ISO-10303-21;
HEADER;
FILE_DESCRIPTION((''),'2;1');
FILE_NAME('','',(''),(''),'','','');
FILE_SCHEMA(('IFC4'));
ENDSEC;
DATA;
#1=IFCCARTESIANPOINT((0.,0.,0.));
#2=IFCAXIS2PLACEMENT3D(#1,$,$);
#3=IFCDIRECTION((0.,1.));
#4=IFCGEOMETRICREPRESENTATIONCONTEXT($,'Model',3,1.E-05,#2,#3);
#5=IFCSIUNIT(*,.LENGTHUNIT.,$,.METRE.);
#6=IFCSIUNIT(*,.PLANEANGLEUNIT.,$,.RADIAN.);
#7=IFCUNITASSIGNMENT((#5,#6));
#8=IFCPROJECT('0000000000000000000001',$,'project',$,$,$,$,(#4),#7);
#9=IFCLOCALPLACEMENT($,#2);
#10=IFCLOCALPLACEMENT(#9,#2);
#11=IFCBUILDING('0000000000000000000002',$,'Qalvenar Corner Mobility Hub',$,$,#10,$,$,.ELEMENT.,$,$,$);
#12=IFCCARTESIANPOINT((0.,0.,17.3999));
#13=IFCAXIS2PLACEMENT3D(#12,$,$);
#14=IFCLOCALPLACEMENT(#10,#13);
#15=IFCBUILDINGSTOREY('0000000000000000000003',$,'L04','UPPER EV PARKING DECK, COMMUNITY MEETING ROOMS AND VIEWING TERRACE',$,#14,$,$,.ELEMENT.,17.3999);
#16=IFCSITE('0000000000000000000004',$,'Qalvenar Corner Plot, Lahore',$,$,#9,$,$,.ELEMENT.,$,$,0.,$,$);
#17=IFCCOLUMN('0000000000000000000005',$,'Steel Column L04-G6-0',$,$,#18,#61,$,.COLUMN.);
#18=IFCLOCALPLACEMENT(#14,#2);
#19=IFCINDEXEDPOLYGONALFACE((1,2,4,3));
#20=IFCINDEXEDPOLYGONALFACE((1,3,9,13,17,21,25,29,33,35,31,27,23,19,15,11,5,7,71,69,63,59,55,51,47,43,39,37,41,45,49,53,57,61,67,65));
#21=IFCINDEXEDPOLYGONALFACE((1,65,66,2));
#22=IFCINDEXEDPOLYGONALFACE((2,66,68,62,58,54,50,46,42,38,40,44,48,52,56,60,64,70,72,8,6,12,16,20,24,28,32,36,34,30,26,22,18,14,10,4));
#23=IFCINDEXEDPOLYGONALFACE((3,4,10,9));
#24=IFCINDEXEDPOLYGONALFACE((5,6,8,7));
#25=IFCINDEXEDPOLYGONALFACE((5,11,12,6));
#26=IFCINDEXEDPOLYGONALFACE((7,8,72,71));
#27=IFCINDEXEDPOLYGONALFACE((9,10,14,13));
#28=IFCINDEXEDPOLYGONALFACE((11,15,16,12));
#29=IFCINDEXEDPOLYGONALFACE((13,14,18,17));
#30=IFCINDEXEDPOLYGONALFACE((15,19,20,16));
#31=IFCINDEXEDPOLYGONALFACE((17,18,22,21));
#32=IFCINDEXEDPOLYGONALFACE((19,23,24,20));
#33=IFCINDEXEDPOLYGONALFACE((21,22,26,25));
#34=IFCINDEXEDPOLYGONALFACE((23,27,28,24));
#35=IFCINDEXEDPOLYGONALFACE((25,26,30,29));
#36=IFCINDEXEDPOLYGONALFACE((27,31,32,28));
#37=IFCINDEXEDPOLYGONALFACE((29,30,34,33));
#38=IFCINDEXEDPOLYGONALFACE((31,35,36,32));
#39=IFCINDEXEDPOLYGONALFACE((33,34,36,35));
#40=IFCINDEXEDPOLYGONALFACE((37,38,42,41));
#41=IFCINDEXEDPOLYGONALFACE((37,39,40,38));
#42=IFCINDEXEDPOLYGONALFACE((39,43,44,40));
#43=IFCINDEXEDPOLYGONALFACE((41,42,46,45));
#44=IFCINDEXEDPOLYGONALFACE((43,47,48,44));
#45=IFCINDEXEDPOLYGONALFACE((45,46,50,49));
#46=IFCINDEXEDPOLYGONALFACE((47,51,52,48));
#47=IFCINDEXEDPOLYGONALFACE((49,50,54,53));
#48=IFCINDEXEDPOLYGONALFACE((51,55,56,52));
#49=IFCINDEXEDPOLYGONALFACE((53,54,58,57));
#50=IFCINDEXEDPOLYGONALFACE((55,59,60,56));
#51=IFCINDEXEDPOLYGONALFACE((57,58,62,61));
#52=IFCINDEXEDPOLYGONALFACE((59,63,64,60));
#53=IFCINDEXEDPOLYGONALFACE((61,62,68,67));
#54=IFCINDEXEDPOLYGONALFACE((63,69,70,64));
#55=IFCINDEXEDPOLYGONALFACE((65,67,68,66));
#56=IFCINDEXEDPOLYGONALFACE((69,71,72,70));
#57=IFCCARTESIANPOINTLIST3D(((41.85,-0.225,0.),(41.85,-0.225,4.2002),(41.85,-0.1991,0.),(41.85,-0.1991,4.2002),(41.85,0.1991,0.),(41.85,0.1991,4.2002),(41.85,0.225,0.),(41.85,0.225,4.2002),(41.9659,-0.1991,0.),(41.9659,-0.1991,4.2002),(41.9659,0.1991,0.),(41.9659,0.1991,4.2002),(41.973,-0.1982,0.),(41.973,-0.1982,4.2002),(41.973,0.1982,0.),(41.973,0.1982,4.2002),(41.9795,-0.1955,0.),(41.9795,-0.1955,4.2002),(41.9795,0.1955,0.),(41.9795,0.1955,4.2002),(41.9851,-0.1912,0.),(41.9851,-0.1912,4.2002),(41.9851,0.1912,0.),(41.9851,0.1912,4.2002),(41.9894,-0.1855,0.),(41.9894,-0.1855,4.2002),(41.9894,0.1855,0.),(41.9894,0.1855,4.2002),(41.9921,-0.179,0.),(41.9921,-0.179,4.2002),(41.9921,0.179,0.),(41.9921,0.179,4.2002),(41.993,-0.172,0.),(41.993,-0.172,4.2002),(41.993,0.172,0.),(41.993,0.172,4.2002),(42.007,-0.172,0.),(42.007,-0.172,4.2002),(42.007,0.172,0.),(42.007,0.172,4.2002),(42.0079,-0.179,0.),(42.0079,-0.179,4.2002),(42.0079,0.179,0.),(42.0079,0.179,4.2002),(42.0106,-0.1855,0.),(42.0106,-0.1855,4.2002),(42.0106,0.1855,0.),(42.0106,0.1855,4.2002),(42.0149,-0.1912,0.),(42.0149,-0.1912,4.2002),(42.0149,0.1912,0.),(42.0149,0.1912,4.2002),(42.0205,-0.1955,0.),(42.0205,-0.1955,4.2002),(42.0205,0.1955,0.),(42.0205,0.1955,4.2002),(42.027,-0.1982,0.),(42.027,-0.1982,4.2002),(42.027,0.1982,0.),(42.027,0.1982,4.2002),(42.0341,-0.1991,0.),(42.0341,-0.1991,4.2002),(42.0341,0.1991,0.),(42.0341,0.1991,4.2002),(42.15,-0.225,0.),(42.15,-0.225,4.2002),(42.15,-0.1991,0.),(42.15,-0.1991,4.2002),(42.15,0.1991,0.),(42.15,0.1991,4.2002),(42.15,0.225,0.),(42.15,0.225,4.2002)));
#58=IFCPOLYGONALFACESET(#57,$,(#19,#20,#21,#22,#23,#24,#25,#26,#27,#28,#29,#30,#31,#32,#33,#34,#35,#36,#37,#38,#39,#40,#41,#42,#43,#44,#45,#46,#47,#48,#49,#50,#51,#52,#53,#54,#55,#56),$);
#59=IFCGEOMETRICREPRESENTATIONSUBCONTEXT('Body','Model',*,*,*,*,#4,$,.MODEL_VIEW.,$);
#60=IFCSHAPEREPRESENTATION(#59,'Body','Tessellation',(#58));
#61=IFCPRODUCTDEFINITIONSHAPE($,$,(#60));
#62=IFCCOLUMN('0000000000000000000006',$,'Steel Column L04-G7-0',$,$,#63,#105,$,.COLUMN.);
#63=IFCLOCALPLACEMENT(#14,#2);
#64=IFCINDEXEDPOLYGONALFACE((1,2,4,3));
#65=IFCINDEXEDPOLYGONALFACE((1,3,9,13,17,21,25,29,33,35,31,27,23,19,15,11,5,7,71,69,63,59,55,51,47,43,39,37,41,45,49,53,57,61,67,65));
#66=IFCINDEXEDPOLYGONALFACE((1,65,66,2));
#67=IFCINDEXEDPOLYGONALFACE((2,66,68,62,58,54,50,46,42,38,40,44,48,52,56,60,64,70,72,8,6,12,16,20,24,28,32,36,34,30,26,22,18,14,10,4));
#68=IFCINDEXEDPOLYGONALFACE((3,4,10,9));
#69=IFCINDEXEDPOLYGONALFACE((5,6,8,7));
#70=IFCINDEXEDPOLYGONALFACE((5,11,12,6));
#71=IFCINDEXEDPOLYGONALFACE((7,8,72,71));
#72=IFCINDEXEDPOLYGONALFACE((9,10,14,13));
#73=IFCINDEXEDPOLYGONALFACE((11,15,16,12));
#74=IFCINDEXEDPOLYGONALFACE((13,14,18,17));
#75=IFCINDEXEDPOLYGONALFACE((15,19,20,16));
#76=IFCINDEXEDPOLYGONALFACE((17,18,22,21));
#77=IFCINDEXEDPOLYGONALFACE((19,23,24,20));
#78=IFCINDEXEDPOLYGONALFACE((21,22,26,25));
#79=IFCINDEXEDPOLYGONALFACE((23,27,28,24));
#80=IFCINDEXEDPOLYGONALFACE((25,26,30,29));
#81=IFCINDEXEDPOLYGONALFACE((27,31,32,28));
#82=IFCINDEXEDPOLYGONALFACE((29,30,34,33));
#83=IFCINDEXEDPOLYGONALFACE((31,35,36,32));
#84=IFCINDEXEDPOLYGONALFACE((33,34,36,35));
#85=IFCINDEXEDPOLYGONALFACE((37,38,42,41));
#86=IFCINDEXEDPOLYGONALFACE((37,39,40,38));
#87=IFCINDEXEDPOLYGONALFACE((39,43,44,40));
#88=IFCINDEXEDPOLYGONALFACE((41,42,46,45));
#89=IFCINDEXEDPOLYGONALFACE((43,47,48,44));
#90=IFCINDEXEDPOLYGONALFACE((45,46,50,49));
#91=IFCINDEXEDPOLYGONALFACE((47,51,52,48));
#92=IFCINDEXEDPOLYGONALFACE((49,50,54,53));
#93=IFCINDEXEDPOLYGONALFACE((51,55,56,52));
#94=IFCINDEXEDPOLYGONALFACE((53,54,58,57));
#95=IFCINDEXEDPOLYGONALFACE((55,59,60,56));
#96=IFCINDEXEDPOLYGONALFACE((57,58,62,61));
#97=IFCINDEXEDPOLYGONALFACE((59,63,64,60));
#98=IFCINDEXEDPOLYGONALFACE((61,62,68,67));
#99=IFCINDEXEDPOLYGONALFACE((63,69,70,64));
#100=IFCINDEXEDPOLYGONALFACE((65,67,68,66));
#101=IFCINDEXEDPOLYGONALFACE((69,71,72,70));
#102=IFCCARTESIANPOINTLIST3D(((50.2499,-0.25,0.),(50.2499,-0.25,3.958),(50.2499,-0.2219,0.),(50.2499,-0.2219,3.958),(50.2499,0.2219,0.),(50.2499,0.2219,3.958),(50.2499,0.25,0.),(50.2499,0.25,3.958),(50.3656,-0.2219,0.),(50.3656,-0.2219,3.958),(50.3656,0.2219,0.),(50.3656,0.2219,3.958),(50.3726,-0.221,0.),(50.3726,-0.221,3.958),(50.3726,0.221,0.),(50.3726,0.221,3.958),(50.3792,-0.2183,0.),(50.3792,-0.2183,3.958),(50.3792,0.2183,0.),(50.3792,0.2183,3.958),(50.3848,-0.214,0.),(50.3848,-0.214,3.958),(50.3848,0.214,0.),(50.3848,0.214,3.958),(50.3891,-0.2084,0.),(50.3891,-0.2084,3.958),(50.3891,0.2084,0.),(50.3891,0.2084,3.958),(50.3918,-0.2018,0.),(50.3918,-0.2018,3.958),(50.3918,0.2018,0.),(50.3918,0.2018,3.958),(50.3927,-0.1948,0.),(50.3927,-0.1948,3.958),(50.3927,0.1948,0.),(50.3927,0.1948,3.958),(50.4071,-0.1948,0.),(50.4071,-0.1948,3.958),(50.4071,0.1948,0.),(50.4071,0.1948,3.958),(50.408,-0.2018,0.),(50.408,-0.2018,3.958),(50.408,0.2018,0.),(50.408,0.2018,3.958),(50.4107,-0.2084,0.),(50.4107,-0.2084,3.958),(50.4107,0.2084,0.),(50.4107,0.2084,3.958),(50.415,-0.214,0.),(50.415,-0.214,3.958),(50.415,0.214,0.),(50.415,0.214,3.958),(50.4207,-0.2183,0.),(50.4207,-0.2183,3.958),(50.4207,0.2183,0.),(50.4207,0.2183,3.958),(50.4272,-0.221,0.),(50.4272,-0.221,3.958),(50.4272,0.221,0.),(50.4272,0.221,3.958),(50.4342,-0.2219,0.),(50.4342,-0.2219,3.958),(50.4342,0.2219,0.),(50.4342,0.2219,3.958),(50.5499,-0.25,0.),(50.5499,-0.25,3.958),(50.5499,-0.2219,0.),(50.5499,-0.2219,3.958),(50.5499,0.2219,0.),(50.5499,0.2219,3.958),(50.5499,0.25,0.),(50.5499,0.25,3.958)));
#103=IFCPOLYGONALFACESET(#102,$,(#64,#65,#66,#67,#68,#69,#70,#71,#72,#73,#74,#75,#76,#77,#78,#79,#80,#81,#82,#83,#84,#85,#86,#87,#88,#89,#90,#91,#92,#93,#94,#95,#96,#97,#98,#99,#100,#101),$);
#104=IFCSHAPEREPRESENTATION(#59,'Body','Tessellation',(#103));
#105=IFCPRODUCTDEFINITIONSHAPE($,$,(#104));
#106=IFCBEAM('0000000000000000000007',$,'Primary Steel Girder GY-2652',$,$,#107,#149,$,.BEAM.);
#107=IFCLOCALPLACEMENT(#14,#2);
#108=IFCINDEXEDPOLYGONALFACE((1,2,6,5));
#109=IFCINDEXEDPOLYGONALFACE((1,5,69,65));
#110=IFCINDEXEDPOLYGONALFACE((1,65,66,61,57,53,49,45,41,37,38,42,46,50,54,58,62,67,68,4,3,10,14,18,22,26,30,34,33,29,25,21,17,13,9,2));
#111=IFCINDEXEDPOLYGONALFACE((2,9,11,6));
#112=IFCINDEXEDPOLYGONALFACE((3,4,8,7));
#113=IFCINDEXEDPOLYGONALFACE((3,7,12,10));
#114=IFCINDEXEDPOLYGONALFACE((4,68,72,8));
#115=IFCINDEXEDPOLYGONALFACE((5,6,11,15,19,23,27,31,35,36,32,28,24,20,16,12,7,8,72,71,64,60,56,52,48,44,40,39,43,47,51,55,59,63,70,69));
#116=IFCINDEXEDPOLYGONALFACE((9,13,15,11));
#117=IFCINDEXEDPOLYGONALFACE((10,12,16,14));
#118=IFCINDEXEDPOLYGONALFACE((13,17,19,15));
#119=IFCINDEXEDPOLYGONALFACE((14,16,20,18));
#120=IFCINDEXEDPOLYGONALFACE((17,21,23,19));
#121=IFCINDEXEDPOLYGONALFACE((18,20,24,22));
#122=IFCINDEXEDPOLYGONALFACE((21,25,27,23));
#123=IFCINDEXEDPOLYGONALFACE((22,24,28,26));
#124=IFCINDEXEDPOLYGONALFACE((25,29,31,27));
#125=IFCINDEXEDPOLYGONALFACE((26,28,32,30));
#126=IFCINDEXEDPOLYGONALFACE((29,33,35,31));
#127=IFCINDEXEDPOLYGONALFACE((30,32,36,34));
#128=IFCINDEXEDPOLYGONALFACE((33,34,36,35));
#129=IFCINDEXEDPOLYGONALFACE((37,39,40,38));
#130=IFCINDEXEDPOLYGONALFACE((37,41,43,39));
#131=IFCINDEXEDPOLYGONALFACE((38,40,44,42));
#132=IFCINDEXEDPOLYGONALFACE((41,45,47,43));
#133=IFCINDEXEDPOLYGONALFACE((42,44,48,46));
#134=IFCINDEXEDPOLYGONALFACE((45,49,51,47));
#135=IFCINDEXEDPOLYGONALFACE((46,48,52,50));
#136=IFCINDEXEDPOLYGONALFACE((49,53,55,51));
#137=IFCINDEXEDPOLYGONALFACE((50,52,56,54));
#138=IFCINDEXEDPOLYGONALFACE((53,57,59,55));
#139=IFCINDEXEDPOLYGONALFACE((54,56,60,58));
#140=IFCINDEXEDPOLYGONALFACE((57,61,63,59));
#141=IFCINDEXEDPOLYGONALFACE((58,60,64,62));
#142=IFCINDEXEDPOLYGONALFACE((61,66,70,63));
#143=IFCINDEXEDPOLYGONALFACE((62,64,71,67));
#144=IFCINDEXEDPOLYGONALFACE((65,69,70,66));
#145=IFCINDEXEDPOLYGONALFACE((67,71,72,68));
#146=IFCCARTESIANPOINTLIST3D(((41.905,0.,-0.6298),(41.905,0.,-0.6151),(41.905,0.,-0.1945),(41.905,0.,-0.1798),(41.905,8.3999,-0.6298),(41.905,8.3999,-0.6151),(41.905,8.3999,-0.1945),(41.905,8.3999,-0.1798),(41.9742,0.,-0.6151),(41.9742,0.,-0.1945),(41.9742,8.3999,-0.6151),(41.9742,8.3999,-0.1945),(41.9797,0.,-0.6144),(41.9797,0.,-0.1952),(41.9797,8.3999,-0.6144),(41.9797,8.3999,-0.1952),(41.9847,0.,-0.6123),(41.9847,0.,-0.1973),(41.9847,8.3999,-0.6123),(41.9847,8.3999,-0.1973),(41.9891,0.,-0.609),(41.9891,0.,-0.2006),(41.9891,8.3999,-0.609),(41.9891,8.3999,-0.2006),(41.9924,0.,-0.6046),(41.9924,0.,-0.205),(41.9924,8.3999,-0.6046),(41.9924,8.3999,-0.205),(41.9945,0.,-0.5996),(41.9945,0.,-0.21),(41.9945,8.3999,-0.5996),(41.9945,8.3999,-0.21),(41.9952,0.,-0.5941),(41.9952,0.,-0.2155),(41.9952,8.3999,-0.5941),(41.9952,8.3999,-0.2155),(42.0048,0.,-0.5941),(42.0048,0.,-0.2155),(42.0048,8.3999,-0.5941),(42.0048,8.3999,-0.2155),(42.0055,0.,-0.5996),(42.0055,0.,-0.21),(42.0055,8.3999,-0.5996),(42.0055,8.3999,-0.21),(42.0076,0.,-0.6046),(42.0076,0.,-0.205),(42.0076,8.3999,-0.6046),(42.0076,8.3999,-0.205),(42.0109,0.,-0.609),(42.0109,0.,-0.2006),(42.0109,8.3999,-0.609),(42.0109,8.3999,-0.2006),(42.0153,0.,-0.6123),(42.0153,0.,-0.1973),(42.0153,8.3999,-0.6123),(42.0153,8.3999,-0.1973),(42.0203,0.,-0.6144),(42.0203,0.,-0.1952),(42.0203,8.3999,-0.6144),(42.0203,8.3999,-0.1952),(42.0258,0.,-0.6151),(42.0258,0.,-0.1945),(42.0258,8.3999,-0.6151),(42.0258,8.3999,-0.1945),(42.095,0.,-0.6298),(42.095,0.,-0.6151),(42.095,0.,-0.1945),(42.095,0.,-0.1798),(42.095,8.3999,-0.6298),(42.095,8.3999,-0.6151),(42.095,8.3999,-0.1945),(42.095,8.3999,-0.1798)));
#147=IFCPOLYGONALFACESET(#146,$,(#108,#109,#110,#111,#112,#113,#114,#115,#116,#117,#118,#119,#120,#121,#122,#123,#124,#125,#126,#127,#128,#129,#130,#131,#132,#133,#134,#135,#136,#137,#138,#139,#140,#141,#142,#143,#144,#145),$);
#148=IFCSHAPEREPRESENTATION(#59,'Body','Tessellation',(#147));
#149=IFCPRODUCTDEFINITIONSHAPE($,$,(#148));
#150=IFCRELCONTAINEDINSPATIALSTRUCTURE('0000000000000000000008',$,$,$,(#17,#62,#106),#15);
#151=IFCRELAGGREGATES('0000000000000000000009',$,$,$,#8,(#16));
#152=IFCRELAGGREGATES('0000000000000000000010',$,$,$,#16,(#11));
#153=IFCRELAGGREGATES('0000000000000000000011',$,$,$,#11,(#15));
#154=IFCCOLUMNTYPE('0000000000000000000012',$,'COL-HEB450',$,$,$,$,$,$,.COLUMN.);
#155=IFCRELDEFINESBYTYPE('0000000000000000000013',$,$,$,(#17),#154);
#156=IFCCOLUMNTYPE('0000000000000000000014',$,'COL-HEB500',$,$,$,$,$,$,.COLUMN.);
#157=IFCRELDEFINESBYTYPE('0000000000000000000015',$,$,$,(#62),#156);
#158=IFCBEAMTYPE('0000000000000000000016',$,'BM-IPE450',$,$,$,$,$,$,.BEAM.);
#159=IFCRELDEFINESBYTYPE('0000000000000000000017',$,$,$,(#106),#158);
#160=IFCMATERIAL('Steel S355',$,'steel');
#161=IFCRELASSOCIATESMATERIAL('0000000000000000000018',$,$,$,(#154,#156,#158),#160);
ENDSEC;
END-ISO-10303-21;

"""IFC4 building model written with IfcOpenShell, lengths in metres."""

from ifc_helpers import new_model, si_unit, direction, frame, origin, origin_2d, place, context, subcontext, project, spatial, i_section, extrude, material, material_profile, profile_set, type_object, element, save


model = new_model("IFC4")

# Units and contexts
model_context = context("Model", 3, precision=1e-05, world=origin(), true_north=direction((0.0, 1.0)))
body_context = subcontext(model_context, "Body", "Model", "MODEL_VIEW")
ifc_project = project(units=[si_unit("LENGTHUNIT", "METRE"), si_unit("PLANEANGLEUNIT", "RADIAN")], contexts=[model_context])

# Site, building, storey
site_placement = place(None, origin())
site = spatial("IfcSite", under=ifc_project, at=site_placement, Name="Qalvenar Corner Plot, Lahore", CompositionType="ELEMENT", RefElevation=0.0)
building_placement = place(site_placement, origin())
building = spatial("IfcBuilding", under=site, at=building_placement, Name="Qalvenar Corner Mobility Hub", CompositionType="ELEMENT")
storey_placement = place(building_placement, frame((0.0, 0.0, 17.3999)))
storey = spatial("IfcBuildingStorey", under=building, at=storey_placement, Name="L04", Description="UPPER EV PARKING DECK, COMMUNITY MEETING ROOMS AND VIEWING TERRACE", CompositionType="ELEMENT", Elevation=17.3999)

# Columns
ifc_material_1 = material(Name="Steel S355", Category="steel")
ifc_material_profile_1 = material_profile(ifc_material_1, i_section(OverallWidth=0.3, OverallDepth=0.45, WebThickness=0.0139, FlangeThickness=0.0259, FilletRadius=0.0271, at=origin_2d()), Name="HEB450")
ifc_profile_set_1 = profile_set([ifc_material_profile_1], Name="Steel S355")
column_type_1 = type_object("IfcColumnType", Name="COL-HEB450", PredefinedType="COLUMN", material=ifc_profile_set_1)
column_1_placement = place(storey_placement, frame((42.0, 0.0, 0.0), z_axis=(0.0, 0.0, 1.0), x_axis=(1.0, 0.0, 0.0)))
element("IfcColumn", 1, at=column_1_placement, inside=storey, type_object=column_type_1, Name="Steel Column L04-G6-0", PredefinedType="COLUMN", context=body_context, shape_type="SweptSolid", body=[
    extrude(i_section(OverallWidth=0.3, OverallDepth=0.45, WebThickness=0.0139, FlangeThickness=0.0259, FilletRadius=0.0271, at=origin_2d()), origin(), (0.0, 0.0, 1.0), 4.2002),
])
ifc_material_profile_2 = material_profile(ifc_material_1, i_section(OverallWidth=0.3, OverallDepth=0.5, WebThickness=0.0144, FlangeThickness=0.0281, FilletRadius=0.0271, at=origin_2d()), Name="HEB500")
ifc_profile_set_2 = profile_set([ifc_material_profile_2], Name="Steel S355")
column_type_2 = type_object("IfcColumnType", Name="COL-HEB500", PredefinedType="COLUMN", material=ifc_profile_set_2)
column_2_placement = place(storey_placement, frame((50.3999, 0.0, 0.0), z_axis=(0.0, 0.0, 1.0), x_axis=(1.0, 0.0, 0.0)))
element("IfcColumn", 2, at=column_2_placement, inside=storey, type_object=column_type_2, Name="Steel Column L04-G7-0", PredefinedType="COLUMN", context=body_context, shape_type="SweptSolid", body=[
    extrude(i_section(OverallWidth=0.3, OverallDepth=0.5, WebThickness=0.0144, FlangeThickness=0.0281, FilletRadius=0.0271, at=origin_2d()), origin(), (0.0, 0.0, 1.0), 3.958),
])

# Beam
ifc_material_profile_3 = material_profile(ifc_material_1, i_section(OverallWidth=0.1899, OverallDepth=0.45, WebThickness=0.0095, FlangeThickness=0.0146, FilletRadius=0.021, at=origin_2d()), Name="IPE450")
ifc_profile_set_3 = profile_set([ifc_material_profile_3], Name="Steel S355")
beam_type_1 = type_object("IfcBeamType", Name="BM-IPE450", PredefinedType="BEAM", material=ifc_profile_set_3)
beam_1_placement = place(storey_placement, frame((42.0, 0.0, -0.4048), z_axis=(0.0, 1.0, 0.0), x_axis=(-1.0, 0.0, 0.0)))
element("IfcBeam", 3, at=beam_1_placement, inside=storey, type_object=beam_type_1, Name="Primary Steel Girder GY-2652", PredefinedType="BEAM", context=body_context, shape_type="SweptSolid", body=[
    extrude(i_section(OverallWidth=0.1899, OverallDepth=0.45, WebThickness=0.0095, FlangeThickness=0.0146, FilletRadius=0.021, at=origin_2d()), origin(), (0.0, 0.0, 1.0), 8.3999),
])

save(model, "model.ifc")
